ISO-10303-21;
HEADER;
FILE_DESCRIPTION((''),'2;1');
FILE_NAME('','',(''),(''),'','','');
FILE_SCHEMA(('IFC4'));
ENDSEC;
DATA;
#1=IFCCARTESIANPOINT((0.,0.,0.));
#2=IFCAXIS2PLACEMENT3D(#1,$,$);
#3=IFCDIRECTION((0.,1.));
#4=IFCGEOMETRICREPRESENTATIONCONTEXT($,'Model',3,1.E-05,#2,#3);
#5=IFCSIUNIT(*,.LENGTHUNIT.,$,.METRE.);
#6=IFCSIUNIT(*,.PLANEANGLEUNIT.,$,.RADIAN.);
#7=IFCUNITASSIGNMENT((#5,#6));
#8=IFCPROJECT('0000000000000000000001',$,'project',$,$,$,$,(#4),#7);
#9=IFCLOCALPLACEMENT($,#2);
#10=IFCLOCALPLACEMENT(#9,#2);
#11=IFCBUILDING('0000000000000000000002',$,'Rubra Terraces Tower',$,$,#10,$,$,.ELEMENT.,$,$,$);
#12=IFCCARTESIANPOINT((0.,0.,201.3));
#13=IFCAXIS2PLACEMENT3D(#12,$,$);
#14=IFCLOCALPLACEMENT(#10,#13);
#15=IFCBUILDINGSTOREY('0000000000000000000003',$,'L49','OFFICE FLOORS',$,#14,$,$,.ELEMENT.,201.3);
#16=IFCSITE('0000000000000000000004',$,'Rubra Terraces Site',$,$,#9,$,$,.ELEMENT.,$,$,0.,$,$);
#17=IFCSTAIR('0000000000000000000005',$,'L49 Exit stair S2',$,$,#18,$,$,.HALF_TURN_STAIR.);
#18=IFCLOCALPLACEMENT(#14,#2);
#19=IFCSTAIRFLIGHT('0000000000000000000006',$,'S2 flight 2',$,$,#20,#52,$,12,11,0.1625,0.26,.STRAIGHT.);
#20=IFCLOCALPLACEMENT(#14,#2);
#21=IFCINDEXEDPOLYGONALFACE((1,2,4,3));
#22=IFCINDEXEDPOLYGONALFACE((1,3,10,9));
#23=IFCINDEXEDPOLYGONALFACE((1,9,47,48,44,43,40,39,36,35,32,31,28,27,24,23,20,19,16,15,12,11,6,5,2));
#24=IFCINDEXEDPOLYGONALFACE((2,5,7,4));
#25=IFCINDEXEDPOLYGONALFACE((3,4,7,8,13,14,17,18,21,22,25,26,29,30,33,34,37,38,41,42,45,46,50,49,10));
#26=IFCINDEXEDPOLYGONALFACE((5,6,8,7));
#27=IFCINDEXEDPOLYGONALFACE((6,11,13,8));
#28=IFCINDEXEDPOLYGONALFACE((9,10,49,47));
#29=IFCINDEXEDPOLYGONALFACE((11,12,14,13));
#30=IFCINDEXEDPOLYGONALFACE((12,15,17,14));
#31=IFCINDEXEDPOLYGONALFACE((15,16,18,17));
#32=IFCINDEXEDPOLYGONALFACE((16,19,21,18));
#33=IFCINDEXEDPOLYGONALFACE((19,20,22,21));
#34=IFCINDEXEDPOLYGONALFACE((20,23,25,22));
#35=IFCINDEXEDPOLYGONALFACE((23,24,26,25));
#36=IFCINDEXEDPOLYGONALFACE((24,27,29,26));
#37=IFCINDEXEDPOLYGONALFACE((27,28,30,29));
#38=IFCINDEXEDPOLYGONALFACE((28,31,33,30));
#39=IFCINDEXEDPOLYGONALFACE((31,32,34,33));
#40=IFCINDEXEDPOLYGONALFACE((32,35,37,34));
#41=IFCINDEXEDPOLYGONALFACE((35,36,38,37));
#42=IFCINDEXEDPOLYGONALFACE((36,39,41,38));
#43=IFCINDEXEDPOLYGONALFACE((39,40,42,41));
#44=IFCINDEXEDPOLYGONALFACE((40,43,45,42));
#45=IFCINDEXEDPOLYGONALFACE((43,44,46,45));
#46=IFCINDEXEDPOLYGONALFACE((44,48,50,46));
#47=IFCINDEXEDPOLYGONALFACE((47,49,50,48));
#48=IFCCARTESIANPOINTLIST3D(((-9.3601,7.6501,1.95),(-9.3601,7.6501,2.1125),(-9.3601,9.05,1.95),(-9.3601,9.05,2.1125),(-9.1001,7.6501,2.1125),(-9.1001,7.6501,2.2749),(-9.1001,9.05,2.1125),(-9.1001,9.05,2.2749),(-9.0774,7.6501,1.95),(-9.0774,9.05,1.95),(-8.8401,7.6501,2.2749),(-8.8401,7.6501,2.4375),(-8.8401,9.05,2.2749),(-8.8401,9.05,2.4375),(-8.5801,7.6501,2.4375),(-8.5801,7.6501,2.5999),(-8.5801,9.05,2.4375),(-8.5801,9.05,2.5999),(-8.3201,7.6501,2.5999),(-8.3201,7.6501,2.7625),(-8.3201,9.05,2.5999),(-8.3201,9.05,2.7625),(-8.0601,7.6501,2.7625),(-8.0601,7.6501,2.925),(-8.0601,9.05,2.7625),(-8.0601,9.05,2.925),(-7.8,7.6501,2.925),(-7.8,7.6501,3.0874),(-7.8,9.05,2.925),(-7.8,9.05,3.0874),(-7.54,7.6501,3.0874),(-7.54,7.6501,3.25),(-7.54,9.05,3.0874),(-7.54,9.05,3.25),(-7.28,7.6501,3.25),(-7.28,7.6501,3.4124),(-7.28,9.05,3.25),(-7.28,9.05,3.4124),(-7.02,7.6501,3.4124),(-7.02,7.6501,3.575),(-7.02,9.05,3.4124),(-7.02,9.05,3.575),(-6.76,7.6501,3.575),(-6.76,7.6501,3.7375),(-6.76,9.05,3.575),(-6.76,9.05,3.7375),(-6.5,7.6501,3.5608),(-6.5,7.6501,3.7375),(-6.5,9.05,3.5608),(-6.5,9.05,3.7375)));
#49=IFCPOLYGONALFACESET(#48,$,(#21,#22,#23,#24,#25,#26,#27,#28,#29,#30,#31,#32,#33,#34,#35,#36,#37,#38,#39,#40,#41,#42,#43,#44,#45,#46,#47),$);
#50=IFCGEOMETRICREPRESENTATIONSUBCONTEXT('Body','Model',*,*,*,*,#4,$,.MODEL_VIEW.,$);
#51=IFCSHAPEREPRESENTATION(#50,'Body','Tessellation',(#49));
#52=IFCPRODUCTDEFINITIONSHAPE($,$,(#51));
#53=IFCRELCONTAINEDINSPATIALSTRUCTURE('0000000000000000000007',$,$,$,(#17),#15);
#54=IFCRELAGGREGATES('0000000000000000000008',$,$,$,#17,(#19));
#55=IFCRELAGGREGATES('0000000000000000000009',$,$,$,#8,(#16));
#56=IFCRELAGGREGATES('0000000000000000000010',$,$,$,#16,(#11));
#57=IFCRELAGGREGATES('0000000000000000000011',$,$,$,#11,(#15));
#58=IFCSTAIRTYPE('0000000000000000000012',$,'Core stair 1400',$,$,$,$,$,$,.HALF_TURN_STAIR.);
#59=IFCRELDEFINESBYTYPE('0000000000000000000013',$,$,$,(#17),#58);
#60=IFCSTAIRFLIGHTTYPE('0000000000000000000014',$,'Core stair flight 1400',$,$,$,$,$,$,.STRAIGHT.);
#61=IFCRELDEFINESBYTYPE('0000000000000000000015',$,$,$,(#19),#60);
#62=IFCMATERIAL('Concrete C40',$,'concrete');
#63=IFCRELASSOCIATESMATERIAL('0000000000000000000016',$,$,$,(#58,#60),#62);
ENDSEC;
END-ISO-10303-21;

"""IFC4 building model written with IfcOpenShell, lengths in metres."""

from ifc_helpers import new_model, si_unit, direction, frame, origin, place, context, subcontext, project, spatial, polyline, outline, extrude, material, type_object, element, aggregate, save


model = new_model("IFC4")

# Units and contexts
model_context = context("Model", 3, precision=1e-05, world=origin(), true_north=direction((0.0, 1.0)))
body_context = subcontext(model_context, "Body", "Model", "MODEL_VIEW")
ifc_project = project(units=[si_unit("LENGTHUNIT", "METRE"), si_unit("PLANEANGLEUNIT", "RADIAN")], contexts=[model_context])

# Site, building, storey
site_placement = place(None, origin())
site = spatial("IfcSite", under=ifc_project, at=site_placement, Name="Rubra Terraces Site", CompositionType="ELEMENT", RefElevation=0.0)
building_placement = place(site_placement, origin())
building = spatial("IfcBuilding", under=site, at=building_placement, Name="Rubra Terraces Tower", CompositionType="ELEMENT")
storey_placement = place(building_placement, frame((0.0, 0.0, 201.3)))
storey = spatial("IfcBuildingStorey", under=building, at=storey_placement, Name="L49", Description="OFFICE FLOORS", CompositionType="ELEMENT", Elevation=201.3)

# Shared definitions
ifc_material_1 = material(Name="Concrete C40", Category="concrete")

# Stair, stair flight
stair_type = type_object("IfcStairType", Name="Core stair 1400", PredefinedType="HALF_TURN_STAIR", material=ifc_material_1)
stair_flight_type = type_object("IfcStairFlightType", Name="Core stair flight 1400", PredefinedType="STRAIGHT", material=ifc_material_1)
stair_1_placement = place(storey_placement, origin())
stair_1 = element("IfcStair", 1, at=stair_1_placement, inside=storey, type_object=stair_type, Name="L49 Exit stair S2", PredefinedType="HALF_TURN_STAIR")
stair_flight_1_placement = place(storey_placement, frame((-9.3601, 8.3501, 1.95), z_axis=(0.0, 0.0, 1.0), x_axis=(1.0, 0.0, 0.0)))
stair_flight_1 = element("IfcStairFlight", 2, at=stair_flight_1_placement, type_object=stair_flight_type, Name="S2 flight 2", NumberOfRisers=12, NumberOfTreads=11, PredefinedType="STRAIGHT", RiserHeight=0.1625, TreadLength=0.26, context=body_context, shape_type="SweptSolid", body=[
    extrude(outline(polyline([(0.0, 0.0), (0.0, 0.1626), (0.26, 0.1626), (0.26, 0.325), (0.52, 0.325), (0.52, 0.4875), (0.78, 0.4875), (0.78, 0.6499), (1.04, 0.6499), (1.04, 0.8125), (1.3, 0.8125), (1.3, 0.9751), (1.5601, 0.9751), (1.5601, 1.1375), (1.8201, 1.1375), (1.8201, 1.3), (2.0801, 1.3), (2.0801, 1.4624), (2.3401, 1.4624), (2.3401, 1.625), (2.6001, 1.625), (2.6001, 1.7876), (2.8601, 1.7876), (2.8601, 1.95), (2.8601, 1.6108), (0.2827, 0.0), (0.0, 0.0)])), frame((0.0, 0.7, 0.0), z_axis=(0.0, -1.0, 0.0), x_axis=(1.0, 0.0, 0.0)), (0.0, 0.0, 1.0), 1.3999),
])
aggregate(stair_1, [stair_flight_1])

save(model, "model.ifc")
